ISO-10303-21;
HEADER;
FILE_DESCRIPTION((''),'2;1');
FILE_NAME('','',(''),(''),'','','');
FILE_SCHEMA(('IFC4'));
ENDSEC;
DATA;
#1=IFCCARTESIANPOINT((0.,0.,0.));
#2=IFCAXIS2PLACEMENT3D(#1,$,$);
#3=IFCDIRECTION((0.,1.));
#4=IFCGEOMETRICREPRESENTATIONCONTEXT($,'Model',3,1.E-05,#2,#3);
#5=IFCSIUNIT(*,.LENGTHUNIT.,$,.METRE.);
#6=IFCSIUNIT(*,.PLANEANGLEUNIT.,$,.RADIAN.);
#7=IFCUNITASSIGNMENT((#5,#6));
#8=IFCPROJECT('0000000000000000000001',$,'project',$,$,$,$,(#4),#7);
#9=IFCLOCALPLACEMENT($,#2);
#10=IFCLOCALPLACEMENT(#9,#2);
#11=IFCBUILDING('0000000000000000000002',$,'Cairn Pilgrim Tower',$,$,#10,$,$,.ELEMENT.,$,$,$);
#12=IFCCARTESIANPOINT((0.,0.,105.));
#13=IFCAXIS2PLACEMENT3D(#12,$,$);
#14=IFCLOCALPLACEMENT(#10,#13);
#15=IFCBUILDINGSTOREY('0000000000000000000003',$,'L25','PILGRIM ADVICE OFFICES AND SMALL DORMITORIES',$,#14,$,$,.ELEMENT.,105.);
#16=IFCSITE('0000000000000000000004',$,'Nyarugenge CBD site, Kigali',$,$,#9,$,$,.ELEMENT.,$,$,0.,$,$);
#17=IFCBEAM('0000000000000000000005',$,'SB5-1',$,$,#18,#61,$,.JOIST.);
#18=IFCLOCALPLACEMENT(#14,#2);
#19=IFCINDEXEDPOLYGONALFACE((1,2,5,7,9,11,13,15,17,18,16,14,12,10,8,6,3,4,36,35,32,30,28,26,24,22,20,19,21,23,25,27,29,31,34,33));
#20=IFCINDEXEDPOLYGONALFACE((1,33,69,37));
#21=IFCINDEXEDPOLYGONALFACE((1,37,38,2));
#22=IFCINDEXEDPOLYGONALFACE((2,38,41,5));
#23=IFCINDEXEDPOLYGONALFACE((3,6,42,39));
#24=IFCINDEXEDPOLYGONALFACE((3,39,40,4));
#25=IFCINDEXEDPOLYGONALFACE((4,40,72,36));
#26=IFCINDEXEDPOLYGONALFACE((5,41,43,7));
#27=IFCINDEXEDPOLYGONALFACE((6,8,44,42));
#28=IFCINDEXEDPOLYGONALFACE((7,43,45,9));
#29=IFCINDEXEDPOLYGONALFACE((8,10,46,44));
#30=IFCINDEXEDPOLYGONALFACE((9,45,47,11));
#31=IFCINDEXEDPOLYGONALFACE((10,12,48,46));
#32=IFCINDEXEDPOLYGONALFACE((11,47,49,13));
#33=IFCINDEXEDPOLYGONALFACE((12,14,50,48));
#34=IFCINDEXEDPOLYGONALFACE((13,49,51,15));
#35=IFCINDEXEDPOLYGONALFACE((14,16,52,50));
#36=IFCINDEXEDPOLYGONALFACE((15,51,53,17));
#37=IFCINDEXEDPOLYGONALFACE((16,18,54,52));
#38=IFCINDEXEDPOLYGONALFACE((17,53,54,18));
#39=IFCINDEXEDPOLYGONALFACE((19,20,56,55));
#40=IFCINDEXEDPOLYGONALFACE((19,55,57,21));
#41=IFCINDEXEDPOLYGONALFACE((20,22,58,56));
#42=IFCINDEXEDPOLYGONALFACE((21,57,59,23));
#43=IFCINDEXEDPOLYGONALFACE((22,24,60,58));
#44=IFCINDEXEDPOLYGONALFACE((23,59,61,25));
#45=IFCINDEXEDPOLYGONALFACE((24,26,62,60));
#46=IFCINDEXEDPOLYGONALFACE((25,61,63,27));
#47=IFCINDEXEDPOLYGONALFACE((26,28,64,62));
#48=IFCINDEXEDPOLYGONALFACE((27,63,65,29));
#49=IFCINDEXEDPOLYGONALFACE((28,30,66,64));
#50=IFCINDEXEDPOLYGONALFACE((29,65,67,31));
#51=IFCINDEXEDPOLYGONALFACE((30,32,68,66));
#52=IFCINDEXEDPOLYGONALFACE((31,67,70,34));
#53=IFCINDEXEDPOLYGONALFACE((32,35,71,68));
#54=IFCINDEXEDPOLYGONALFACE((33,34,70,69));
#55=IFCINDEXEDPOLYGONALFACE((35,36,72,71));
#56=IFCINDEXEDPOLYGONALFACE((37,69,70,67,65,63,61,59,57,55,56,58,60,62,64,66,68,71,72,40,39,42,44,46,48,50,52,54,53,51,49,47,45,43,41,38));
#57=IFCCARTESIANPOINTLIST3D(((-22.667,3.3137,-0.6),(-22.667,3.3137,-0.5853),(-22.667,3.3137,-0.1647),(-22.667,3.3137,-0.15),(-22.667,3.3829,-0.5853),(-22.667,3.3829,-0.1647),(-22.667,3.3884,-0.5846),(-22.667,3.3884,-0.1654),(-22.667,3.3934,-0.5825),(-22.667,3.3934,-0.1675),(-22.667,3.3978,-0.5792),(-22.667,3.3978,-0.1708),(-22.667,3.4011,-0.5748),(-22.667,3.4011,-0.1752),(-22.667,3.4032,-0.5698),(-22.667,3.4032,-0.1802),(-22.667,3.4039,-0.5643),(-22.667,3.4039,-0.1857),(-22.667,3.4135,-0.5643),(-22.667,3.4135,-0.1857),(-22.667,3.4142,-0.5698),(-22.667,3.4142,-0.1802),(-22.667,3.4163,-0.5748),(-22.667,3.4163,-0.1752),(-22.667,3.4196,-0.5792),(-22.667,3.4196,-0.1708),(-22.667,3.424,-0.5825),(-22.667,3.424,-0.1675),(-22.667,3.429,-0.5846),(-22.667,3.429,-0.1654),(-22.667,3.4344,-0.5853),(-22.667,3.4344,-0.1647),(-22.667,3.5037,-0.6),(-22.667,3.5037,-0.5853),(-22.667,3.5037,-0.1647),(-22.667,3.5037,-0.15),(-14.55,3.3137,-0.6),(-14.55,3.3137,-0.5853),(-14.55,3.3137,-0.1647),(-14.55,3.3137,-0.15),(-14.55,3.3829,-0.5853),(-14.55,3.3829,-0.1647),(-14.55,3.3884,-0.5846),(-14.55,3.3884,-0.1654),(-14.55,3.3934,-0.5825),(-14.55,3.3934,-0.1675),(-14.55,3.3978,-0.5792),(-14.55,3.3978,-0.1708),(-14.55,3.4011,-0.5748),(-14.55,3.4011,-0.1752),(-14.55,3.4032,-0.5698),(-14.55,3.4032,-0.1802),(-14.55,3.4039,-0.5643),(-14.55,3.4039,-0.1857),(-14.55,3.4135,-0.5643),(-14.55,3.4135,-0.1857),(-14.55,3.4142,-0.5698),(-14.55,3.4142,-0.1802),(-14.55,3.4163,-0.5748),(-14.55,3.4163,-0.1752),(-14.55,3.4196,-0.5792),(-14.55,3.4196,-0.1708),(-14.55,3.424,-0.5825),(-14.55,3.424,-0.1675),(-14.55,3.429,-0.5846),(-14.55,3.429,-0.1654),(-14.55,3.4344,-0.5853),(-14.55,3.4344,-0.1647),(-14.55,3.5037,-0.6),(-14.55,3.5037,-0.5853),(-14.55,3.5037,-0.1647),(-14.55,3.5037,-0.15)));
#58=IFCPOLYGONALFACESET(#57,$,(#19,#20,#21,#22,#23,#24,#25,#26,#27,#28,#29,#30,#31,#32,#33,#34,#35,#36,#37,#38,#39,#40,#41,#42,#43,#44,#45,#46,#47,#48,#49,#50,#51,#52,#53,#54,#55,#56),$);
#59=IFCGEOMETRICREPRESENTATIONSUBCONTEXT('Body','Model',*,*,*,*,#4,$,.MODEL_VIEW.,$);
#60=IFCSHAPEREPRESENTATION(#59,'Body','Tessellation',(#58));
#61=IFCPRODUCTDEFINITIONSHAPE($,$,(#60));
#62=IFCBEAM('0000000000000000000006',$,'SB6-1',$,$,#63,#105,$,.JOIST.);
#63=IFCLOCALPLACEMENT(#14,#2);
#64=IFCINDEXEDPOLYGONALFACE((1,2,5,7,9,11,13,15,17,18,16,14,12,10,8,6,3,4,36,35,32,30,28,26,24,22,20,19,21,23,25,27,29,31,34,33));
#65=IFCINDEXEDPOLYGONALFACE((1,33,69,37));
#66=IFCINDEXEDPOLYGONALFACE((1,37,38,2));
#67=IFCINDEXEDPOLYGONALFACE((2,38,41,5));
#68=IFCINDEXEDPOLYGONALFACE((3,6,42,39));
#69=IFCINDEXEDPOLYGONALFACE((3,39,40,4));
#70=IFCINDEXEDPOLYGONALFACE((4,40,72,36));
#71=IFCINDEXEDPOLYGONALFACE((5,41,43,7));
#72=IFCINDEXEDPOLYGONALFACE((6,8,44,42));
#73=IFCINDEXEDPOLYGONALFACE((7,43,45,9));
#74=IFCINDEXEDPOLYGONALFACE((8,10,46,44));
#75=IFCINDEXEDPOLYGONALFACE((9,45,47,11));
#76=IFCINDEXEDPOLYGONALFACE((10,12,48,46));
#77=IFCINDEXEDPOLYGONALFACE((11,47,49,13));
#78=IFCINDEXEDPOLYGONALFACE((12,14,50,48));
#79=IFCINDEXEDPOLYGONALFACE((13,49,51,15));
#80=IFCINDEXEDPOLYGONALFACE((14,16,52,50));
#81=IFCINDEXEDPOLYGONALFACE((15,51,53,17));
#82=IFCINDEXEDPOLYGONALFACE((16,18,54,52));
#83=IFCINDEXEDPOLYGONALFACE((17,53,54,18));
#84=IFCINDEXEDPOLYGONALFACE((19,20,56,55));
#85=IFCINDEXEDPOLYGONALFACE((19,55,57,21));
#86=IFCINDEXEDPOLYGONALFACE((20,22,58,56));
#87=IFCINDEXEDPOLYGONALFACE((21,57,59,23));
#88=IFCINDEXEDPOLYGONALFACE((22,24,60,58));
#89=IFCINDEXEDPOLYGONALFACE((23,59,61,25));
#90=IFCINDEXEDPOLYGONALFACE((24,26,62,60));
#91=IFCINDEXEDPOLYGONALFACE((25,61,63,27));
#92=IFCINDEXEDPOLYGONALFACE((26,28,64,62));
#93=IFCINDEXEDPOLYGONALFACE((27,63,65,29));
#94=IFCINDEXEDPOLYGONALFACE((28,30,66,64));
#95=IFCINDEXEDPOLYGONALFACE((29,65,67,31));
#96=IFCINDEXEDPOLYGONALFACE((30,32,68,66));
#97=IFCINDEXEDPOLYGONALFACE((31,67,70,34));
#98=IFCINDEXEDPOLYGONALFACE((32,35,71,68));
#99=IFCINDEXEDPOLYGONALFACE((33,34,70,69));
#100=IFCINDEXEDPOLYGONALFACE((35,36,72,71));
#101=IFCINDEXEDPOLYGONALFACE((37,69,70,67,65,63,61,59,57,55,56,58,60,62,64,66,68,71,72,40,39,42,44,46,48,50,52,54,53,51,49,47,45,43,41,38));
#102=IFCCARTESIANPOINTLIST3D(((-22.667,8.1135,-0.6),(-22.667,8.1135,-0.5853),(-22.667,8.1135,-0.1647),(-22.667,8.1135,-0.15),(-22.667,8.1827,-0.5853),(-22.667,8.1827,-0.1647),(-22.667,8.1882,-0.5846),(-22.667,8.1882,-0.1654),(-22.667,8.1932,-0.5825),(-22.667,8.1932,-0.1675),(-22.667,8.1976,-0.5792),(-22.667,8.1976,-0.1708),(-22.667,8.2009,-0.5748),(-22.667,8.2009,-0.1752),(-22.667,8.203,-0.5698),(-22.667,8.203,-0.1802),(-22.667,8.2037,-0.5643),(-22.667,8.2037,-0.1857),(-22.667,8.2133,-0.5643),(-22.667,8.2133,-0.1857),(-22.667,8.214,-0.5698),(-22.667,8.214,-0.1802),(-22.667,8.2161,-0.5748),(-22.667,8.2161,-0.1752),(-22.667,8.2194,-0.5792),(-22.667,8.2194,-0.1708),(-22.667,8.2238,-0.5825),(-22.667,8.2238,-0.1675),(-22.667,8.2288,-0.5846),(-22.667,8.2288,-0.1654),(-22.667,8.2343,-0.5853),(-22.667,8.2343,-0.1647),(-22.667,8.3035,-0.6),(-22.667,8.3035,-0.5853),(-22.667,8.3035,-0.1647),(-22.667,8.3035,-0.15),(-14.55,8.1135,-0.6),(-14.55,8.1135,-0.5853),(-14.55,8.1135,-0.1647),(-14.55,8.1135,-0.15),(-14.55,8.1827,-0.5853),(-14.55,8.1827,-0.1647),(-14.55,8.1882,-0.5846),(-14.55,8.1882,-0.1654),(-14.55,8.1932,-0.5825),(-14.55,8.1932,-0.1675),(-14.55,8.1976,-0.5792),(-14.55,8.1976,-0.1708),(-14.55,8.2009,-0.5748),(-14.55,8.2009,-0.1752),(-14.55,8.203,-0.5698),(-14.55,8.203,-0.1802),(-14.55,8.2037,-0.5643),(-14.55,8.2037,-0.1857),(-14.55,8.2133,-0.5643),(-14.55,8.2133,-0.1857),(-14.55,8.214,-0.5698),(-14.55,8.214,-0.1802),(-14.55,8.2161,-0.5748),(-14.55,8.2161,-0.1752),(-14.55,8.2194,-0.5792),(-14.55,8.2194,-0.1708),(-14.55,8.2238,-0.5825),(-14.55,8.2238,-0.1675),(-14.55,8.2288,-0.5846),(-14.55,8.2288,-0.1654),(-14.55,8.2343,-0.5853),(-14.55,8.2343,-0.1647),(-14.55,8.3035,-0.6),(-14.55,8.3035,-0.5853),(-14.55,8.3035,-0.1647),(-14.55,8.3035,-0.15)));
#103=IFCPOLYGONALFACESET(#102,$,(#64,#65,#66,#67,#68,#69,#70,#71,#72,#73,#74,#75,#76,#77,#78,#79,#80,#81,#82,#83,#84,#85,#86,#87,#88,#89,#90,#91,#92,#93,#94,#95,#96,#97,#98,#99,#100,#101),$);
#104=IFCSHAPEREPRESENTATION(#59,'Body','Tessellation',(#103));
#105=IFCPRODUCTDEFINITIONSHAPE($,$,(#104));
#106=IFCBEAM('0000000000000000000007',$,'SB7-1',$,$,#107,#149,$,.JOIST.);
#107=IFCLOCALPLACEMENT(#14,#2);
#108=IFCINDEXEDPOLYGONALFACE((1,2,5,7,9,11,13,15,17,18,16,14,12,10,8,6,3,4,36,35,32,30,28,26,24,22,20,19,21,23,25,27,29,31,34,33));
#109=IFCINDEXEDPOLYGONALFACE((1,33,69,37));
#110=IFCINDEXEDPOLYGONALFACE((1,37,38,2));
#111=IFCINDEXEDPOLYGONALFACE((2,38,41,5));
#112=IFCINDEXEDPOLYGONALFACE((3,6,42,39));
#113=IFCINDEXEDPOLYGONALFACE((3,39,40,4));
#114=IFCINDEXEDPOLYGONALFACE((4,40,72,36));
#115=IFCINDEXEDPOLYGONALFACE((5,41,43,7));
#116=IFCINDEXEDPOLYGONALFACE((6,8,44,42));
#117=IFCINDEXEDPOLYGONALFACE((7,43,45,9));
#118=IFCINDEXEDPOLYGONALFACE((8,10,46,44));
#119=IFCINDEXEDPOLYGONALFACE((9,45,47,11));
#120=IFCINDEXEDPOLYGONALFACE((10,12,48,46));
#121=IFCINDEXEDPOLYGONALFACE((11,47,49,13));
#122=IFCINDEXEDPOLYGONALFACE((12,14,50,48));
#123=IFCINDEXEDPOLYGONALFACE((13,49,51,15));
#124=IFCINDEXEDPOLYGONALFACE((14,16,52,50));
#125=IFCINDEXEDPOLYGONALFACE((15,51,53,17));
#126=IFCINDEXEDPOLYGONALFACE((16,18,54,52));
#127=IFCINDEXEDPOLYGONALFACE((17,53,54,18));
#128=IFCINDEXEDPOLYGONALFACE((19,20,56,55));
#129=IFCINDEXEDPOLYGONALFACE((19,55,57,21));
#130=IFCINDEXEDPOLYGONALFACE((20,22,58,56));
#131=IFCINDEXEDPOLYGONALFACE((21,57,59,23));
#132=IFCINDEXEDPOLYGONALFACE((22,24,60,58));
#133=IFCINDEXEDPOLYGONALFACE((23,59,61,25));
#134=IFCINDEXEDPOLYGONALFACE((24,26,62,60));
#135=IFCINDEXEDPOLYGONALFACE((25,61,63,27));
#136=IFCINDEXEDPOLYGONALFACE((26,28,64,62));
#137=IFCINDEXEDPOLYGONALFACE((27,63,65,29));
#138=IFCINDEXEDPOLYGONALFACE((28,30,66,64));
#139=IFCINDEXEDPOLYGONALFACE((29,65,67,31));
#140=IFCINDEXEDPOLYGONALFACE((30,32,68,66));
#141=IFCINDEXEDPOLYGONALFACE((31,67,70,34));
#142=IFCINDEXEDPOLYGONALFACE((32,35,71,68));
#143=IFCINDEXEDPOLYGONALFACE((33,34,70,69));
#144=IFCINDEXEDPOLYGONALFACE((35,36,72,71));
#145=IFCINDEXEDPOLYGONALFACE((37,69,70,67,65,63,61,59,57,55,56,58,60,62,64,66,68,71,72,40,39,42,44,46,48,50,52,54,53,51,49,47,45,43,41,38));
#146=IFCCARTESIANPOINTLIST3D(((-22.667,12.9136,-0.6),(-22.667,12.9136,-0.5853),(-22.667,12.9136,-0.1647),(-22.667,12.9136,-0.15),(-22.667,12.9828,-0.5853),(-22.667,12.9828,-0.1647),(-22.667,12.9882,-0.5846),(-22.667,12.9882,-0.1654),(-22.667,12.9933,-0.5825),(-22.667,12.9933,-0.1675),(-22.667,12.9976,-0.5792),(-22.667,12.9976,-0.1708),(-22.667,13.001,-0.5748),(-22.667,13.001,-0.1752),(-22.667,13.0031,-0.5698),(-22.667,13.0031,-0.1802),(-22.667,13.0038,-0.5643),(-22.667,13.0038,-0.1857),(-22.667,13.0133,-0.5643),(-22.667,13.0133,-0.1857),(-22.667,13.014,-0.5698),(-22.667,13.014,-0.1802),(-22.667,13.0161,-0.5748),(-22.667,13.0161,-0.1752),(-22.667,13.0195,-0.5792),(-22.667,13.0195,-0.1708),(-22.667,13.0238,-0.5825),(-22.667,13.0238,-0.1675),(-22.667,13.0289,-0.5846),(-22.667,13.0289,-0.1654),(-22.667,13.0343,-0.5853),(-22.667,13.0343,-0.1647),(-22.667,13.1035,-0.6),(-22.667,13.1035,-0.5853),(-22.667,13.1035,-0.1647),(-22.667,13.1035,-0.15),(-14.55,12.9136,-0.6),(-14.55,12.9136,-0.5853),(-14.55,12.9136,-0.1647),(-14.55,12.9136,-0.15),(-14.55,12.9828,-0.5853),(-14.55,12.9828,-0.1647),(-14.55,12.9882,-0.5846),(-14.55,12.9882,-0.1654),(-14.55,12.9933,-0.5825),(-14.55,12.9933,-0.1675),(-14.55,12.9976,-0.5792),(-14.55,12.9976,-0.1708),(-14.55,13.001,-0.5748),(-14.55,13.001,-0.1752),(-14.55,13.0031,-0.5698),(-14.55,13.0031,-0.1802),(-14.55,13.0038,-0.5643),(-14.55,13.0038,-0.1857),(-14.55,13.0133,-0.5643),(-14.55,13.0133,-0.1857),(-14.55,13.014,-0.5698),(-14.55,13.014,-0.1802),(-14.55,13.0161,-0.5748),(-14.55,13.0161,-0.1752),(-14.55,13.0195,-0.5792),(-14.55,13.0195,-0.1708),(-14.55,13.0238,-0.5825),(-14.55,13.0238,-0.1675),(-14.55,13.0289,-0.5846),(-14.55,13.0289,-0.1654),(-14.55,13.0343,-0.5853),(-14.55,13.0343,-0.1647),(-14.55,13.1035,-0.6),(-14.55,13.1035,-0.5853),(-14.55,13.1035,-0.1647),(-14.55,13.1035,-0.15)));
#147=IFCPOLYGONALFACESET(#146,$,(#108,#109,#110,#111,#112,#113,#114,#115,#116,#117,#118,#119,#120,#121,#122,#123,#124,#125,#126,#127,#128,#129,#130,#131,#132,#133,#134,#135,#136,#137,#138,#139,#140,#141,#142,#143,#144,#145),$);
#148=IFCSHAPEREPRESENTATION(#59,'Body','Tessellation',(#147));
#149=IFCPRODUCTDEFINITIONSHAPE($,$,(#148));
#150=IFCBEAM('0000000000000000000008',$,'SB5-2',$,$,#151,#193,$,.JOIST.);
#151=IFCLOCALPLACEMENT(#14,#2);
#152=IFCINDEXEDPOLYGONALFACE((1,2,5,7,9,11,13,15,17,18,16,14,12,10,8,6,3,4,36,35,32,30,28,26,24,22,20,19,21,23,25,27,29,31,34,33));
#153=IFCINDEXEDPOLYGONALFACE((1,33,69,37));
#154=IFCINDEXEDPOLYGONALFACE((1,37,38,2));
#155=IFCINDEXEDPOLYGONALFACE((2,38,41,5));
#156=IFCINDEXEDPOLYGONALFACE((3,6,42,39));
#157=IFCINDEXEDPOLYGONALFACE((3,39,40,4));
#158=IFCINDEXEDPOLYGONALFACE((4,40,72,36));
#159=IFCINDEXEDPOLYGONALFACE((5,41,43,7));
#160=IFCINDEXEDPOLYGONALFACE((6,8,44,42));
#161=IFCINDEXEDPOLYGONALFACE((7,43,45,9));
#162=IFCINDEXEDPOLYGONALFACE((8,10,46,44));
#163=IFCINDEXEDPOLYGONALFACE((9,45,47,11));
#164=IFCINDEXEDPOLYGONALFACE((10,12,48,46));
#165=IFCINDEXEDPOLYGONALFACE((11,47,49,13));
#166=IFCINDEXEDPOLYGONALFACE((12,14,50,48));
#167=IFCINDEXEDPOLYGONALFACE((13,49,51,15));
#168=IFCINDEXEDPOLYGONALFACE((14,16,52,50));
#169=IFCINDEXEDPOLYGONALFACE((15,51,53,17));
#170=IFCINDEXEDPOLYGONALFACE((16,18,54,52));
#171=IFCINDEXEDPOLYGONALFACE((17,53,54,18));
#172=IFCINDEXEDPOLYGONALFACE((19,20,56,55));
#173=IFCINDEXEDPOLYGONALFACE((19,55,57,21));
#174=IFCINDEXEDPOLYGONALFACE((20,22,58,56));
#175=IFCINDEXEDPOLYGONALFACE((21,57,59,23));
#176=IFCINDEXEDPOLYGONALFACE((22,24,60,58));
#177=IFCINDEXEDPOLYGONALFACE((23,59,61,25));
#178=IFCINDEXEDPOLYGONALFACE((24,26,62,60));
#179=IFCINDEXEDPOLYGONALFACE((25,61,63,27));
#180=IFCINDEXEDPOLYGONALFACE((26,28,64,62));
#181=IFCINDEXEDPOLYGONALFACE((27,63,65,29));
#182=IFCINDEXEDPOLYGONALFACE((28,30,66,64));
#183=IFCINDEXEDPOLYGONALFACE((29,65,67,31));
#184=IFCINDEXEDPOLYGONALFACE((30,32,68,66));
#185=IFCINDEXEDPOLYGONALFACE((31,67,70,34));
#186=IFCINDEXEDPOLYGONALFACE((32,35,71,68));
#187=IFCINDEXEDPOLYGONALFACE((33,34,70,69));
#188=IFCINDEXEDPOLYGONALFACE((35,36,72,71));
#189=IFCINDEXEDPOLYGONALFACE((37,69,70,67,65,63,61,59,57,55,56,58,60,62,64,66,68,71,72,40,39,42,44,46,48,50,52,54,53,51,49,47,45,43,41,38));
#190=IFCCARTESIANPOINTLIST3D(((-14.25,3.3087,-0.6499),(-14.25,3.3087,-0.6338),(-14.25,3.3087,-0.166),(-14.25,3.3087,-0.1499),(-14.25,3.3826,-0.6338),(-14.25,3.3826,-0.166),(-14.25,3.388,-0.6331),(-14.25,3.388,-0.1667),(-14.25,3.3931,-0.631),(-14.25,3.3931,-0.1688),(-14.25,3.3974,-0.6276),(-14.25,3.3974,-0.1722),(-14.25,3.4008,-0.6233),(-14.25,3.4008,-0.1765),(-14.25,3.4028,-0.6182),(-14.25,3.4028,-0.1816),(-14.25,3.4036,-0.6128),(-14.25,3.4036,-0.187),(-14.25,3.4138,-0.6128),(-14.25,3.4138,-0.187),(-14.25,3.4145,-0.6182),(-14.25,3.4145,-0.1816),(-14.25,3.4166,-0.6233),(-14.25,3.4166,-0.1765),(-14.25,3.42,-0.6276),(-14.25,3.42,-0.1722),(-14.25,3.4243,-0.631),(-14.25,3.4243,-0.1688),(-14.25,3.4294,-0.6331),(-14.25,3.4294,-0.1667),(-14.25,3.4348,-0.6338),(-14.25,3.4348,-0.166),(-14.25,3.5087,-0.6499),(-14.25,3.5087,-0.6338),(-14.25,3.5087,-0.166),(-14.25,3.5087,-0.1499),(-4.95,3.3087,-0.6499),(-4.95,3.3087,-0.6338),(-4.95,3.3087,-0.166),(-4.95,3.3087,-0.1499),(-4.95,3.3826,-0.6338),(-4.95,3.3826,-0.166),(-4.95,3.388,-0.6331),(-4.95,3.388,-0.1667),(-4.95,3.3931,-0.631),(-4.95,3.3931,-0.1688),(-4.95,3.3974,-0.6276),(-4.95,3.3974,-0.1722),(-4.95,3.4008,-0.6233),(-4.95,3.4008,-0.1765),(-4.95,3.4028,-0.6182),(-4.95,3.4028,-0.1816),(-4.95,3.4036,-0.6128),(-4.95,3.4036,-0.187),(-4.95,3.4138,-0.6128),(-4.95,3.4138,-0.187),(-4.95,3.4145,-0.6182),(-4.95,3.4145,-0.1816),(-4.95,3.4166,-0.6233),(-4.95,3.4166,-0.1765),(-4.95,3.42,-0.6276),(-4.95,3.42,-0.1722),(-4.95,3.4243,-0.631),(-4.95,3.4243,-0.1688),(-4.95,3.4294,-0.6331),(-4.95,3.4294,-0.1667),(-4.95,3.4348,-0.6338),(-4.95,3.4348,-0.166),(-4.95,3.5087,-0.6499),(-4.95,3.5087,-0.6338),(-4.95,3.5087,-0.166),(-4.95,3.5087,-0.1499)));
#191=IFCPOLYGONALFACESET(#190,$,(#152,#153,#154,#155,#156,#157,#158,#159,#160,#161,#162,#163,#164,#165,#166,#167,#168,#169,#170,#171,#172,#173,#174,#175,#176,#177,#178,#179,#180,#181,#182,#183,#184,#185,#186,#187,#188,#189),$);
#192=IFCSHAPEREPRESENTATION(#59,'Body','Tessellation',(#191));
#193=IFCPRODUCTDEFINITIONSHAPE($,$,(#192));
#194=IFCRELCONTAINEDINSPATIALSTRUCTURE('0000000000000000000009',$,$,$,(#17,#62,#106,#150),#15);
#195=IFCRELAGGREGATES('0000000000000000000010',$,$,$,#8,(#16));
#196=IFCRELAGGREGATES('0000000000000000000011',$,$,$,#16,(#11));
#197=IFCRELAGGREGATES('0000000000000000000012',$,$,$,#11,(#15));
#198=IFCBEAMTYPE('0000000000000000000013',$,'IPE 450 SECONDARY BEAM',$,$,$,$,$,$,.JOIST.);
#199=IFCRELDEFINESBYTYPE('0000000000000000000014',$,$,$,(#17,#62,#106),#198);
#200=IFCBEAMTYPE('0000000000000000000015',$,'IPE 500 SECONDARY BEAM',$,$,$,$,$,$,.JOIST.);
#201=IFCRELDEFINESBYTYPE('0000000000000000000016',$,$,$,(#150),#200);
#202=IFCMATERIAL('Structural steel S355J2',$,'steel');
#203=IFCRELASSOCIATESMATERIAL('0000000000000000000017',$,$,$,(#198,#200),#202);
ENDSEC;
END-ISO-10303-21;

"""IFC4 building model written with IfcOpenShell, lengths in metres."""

from ifc_helpers import new_model, si_unit, direction, frame, origin, origin_2d, place, context, subcontext, project, spatial, i_section, extrude, material, material_profile, profile_set, type_object, element, save


model = new_model("IFC4")

# Units and contexts
model_context = context("Model", 3, precision=1e-05, world=origin(), true_north=direction((0.0, 1.0)))
body_context = subcontext(model_context, "Body", "Model", "MODEL_VIEW")
ifc_project = project(units=[si_unit("LENGTHUNIT", "METRE"), si_unit("PLANEANGLEUNIT", "RADIAN")], contexts=[model_context])

# Site, building, storey
site_placement = place(None, origin())
site = spatial("IfcSite", under=ifc_project, at=site_placement, Name="Nyarugenge CBD site, Kigali", CompositionType="ELEMENT", RefElevation=0.0)
building_placement = place(site_placement, origin())
building = spatial("IfcBuilding", under=site, at=building_placement, Name="Cairn Pilgrim Tower", CompositionType="ELEMENT")
storey_placement = place(building_placement, frame((0.0, 0.0, 105.0)))
storey = spatial("IfcBuildingStorey", under=building, at=storey_placement, Name="L25", Description="PILGRIM ADVICE OFFICES AND SMALL DORMITORIES", CompositionType="ELEMENT", Elevation=105.0)

# Shared definitions
ifc_material_1 = material(Name="Structural steel S355J2", Category="steel")

# Beams
ifc_material_profile_1 = material_profile(ifc_material_1, i_section(OverallWidth=0.1899, OverallDepth=0.45, WebThickness=0.0095, FlangeThickness=0.0146, FilletRadius=0.021, at=origin_2d()), Name="IPE 450")
ifc_profile_set_1 = profile_set([ifc_material_profile_1], Name="Structural steel S355J2")
beam_type_1 = type_object("IfcBeamType", Name="IPE 450 SECONDARY BEAM", PredefinedType="JOIST", material=ifc_profile_set_1)
for number, where, z_axis, x_axis, name in (
    (1, (-22.667, 3.4087, -0.375), (1.0, 0.0, 0.0), (0.0, 1.0, 0.0), "SB5-1"),
    (2, (-22.667, 8.2085, -0.375), (1.0, 0.0, 0.0), (0.0, 1.0, 0.0), "SB6-1"),
    (3, (-22.667, 13.0085, -0.375), (1.0, 0.0, 0.0), (0.0, 1.0, 0.0), "SB7-1"),
):
    element("IfcBeam", number, at=place(storey_placement, frame(where, z_axis=z_axis, x_axis=x_axis)), inside=storey, type_object=beam_type_1, Name=name, PredefinedType="JOIST", context=body_context, shape_type="SweptSolid", body=[
        extrude(i_section(OverallWidth=0.1899, OverallDepth=0.45, WebThickness=0.0095, FlangeThickness=0.0146, FilletRadius=0.021, at=origin_2d()), origin(), (0.0, 0.0, 1.0), 8.1169),
    ])
ifc_material_profile_2 = material_profile(ifc_material_1, i_section(OverallWidth=0.2, OverallDepth=0.5, WebThickness=0.0103, FlangeThickness=0.0161, FilletRadius=0.021, at=origin_2d()), Name="IPE 500")
ifc_profile_set_2 = profile_set([ifc_material_profile_2], Name="Structural steel S355J2")
beam_type_2 = type_object("IfcBeamType", Name="IPE 500 SECONDARY BEAM", PredefinedType="JOIST", material=ifc_profile_set_2)
for number, where, z_axis, x_axis, name in (
    (4, (-14.25, 3.4087, -0.3999), (1.0, 0.0, 0.0), (0.0, 1.0, 0.0), "SB5-2"),
):
    element("IfcBeam", number, at=place(storey_placement, frame(where, z_axis=z_axis, x_axis=x_axis)), inside=storey, type_object=beam_type_2, Name=name, PredefinedType="JOIST", context=body_context, shape_type="SweptSolid", body=[
        extrude(i_section(OverallWidth=0.2, OverallDepth=0.5, WebThickness=0.0103, FlangeThickness=0.0161, FilletRadius=0.021, at=origin_2d()), origin(), (0.0, 0.0, 1.0), 9.3),
    ])

save(model, "model.ifc")
